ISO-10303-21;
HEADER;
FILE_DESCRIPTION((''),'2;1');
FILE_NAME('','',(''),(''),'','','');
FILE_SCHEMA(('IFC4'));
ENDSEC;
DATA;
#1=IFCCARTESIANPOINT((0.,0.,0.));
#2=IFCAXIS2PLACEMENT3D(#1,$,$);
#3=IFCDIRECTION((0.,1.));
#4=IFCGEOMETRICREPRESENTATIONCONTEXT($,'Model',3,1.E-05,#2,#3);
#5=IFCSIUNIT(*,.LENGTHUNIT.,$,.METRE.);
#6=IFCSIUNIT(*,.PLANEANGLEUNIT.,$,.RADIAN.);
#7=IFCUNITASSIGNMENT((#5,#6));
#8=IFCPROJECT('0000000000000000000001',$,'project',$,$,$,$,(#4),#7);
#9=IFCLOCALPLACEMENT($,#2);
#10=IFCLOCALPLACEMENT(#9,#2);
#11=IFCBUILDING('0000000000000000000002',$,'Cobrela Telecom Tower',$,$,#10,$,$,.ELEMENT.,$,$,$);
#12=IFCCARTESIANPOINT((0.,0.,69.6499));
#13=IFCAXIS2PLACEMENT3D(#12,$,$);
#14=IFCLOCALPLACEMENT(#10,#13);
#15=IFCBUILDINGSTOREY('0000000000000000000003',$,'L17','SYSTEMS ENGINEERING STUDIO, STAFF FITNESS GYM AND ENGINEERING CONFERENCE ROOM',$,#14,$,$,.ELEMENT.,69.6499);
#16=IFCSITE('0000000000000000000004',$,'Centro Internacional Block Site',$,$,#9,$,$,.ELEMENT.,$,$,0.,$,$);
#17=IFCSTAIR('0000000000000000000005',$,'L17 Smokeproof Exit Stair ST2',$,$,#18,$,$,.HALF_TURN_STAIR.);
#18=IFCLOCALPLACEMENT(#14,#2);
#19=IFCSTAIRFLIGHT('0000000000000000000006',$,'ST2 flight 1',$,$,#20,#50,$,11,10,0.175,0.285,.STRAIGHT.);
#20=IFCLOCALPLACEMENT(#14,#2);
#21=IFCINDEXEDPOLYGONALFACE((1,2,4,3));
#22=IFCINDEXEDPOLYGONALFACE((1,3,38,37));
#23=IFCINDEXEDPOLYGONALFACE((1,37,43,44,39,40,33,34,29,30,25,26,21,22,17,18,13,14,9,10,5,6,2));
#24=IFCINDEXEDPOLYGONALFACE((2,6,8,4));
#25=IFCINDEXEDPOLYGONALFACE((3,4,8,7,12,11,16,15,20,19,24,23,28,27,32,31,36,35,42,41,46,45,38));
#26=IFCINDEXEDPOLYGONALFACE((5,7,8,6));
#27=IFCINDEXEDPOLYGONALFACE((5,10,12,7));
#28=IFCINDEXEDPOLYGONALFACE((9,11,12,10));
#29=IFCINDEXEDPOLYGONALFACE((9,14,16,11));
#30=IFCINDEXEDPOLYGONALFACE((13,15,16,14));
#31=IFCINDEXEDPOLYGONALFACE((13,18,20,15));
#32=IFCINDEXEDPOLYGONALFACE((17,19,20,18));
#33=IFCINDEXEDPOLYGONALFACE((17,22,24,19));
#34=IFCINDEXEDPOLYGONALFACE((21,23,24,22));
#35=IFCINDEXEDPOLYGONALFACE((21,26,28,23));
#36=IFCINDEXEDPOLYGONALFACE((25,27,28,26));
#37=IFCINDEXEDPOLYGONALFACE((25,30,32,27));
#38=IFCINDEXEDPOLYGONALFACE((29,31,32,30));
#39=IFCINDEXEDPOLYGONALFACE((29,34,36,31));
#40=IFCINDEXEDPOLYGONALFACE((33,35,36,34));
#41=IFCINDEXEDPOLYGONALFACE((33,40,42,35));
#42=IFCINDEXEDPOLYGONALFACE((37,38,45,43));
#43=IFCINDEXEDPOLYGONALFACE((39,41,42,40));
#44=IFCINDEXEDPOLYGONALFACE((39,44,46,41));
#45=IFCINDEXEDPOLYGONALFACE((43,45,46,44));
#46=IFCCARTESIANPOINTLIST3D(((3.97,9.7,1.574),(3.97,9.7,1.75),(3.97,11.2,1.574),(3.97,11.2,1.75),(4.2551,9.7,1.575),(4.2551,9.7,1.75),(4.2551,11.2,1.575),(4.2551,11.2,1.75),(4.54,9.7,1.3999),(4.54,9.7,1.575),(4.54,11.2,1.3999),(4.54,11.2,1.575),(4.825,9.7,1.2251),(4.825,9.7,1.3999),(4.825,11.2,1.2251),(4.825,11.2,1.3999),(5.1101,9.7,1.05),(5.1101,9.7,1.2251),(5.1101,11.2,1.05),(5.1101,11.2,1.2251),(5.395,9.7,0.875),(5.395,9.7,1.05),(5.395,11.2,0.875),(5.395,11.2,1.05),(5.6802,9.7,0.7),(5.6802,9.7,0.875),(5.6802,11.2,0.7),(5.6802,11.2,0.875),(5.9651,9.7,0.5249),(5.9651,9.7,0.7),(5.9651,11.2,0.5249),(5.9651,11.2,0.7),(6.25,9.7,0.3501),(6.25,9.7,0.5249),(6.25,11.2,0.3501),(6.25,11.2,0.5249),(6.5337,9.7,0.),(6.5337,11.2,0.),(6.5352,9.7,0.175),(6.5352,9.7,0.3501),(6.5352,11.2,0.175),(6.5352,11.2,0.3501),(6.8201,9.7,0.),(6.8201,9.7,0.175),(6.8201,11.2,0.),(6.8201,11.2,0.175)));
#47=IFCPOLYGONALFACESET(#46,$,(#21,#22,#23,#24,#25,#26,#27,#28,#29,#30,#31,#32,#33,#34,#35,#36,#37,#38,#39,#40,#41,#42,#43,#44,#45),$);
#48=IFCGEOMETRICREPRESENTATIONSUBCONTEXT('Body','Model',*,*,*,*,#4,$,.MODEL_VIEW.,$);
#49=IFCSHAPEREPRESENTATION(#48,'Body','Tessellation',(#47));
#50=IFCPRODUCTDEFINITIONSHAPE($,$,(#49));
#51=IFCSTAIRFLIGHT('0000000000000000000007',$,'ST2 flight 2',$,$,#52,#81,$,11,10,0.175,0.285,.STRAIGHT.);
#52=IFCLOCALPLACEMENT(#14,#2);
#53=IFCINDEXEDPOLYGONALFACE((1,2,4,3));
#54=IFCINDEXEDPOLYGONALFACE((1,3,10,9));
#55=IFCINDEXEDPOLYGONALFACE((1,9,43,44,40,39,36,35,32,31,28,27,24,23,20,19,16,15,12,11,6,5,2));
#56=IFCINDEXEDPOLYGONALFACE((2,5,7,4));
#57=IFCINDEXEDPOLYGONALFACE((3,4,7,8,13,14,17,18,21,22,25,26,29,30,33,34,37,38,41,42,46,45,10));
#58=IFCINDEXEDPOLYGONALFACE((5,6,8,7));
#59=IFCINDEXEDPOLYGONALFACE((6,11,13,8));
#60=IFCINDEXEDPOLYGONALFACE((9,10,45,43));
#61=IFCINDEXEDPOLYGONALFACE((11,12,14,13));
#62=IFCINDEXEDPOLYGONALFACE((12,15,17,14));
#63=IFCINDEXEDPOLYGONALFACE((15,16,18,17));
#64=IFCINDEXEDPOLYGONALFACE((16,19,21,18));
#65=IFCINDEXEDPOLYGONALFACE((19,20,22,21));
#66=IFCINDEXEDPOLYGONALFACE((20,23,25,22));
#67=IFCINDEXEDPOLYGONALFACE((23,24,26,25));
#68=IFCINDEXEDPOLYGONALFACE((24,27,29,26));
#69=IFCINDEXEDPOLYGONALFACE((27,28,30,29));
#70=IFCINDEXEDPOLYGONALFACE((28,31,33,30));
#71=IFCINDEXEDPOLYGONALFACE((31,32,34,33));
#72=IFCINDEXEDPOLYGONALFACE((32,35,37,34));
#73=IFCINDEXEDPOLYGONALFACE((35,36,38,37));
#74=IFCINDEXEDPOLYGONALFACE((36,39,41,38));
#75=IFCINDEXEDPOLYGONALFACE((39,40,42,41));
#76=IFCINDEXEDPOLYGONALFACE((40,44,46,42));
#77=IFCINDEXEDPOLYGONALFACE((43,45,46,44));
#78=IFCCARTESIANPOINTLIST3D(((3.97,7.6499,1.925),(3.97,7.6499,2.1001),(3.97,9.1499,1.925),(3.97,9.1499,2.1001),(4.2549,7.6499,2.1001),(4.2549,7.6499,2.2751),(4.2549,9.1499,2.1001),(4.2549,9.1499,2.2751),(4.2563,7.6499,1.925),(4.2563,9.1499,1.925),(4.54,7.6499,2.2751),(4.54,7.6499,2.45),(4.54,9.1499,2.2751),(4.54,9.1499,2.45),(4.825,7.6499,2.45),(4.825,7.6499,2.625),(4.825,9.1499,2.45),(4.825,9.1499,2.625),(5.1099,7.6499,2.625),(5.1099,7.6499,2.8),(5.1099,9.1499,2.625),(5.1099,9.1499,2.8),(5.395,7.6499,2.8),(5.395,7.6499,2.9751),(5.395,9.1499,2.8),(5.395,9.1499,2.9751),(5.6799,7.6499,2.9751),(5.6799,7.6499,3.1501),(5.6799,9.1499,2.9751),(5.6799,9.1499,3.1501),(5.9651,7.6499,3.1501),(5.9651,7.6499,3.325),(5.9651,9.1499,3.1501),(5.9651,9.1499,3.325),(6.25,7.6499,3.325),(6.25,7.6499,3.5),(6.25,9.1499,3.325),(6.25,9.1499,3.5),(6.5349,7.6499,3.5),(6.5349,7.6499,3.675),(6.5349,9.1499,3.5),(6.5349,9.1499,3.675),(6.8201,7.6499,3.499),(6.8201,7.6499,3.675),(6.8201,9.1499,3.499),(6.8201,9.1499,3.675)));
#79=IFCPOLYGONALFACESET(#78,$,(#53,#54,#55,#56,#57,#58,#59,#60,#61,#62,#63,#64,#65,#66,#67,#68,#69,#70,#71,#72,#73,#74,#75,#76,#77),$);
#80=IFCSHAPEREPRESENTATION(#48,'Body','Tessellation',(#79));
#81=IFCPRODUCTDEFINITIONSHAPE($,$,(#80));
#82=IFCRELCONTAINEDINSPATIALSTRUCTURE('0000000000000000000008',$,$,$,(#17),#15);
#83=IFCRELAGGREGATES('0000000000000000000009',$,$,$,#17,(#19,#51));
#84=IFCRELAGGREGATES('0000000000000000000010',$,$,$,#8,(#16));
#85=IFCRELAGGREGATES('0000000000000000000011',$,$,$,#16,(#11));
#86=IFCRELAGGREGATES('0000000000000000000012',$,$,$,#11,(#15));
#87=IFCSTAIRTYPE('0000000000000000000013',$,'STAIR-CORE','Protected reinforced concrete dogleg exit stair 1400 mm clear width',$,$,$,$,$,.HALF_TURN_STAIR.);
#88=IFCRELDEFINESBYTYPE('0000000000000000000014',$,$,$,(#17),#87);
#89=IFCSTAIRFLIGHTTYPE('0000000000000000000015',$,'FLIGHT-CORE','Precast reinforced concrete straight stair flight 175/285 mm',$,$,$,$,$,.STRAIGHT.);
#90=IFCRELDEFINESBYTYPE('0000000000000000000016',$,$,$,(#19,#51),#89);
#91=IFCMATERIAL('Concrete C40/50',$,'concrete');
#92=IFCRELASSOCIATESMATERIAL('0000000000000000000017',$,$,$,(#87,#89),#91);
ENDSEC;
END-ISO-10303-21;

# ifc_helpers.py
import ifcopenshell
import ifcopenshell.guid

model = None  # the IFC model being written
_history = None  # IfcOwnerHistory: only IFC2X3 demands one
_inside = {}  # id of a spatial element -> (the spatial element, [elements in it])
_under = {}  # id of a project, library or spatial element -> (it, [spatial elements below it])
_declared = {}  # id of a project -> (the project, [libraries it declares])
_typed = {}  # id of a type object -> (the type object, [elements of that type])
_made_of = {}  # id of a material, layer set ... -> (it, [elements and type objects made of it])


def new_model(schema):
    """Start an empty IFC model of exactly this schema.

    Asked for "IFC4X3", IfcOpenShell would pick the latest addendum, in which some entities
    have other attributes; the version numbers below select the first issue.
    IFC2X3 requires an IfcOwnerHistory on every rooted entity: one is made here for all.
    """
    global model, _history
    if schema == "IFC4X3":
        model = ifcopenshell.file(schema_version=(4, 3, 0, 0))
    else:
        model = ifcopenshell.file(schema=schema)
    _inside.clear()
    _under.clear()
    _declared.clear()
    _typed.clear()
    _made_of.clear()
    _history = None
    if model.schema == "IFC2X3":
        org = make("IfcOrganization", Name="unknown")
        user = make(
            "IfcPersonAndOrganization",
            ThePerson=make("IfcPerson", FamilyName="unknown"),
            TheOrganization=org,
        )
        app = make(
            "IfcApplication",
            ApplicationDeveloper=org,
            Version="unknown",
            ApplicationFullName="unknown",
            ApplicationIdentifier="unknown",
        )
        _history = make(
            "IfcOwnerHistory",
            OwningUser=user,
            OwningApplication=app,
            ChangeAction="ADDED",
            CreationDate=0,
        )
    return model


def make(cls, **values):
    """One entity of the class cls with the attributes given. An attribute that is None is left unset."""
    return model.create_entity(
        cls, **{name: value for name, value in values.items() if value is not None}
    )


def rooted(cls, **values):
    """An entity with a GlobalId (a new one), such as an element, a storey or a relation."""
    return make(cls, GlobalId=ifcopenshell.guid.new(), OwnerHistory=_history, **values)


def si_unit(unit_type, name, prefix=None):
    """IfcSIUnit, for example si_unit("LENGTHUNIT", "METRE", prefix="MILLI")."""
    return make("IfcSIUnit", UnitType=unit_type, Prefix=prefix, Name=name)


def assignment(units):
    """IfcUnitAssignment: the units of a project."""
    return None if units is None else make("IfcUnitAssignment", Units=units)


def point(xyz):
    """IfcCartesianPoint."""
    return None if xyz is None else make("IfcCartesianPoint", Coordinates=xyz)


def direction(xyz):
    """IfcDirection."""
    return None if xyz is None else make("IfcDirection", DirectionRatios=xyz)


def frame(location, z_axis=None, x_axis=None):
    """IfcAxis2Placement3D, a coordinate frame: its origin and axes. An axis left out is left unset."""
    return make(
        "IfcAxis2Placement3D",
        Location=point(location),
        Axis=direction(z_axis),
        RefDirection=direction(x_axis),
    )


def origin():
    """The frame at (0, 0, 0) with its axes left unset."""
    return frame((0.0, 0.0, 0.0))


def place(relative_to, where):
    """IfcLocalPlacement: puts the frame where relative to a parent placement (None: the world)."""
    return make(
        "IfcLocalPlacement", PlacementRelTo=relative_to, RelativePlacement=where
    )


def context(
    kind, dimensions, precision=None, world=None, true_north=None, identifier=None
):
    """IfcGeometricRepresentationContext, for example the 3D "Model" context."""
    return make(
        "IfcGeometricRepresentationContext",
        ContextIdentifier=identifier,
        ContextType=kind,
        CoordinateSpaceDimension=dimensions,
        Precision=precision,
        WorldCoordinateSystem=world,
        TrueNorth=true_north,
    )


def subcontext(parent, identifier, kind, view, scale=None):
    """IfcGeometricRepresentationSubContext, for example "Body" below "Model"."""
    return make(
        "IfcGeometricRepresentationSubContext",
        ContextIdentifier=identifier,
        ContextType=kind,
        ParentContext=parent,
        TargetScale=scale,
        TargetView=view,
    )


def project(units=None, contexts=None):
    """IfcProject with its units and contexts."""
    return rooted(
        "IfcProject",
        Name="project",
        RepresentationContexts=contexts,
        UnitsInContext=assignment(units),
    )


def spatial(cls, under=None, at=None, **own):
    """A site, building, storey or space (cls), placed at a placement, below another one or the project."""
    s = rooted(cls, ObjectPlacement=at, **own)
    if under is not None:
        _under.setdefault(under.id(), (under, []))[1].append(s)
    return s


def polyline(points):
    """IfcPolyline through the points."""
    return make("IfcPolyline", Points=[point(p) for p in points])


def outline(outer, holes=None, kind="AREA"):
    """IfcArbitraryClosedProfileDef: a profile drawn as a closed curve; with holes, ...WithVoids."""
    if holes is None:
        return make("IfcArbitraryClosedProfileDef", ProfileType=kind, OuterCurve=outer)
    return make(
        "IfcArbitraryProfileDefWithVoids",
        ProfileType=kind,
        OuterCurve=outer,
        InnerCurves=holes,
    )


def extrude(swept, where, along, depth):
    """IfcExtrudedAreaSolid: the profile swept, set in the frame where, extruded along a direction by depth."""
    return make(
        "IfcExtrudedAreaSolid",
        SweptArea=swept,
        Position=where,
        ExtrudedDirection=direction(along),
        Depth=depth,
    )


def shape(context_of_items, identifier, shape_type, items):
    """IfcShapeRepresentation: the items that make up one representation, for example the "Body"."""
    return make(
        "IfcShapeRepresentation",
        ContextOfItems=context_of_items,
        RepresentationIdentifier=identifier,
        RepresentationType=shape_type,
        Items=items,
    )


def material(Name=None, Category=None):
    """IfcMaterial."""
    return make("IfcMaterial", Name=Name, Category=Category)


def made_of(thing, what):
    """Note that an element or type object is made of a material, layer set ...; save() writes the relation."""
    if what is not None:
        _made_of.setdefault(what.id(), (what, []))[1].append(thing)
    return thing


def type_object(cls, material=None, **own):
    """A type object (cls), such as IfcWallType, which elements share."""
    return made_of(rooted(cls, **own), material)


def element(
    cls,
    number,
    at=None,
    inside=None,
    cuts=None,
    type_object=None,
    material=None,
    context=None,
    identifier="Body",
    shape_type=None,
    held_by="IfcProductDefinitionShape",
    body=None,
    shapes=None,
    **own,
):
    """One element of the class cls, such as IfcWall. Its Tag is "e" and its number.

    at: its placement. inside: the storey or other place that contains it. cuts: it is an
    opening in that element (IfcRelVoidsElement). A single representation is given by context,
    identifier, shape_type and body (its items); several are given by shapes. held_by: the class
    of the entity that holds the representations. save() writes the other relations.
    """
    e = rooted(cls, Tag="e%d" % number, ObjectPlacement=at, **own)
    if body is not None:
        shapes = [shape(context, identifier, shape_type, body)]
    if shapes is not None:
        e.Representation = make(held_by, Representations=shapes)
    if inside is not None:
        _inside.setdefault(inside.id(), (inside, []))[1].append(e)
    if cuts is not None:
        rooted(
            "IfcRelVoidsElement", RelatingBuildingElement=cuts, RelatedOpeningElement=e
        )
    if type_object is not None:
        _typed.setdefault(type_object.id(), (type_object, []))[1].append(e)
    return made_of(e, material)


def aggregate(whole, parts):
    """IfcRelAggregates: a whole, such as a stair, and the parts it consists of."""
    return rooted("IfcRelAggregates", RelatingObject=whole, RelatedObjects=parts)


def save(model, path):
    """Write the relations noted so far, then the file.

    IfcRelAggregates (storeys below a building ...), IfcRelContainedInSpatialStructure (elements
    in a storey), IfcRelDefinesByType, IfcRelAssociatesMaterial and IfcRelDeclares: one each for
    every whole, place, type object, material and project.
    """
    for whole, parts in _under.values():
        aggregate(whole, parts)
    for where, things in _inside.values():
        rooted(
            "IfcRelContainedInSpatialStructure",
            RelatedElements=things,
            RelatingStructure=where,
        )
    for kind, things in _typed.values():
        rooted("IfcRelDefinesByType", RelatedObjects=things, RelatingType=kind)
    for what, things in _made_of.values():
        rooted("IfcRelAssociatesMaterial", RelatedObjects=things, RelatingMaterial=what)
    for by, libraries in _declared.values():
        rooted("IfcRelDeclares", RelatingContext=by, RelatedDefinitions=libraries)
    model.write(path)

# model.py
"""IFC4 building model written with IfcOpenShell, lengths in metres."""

from ifc_helpers import new_model, si_unit, direction, frame, origin, place, context, subcontext, project, spatial, polyline, outline, extrude, material, type_object, element, aggregate, save


model = new_model("IFC4")

# Units and contexts
model_context = context("Model", 3, precision=1e-05, world=origin(), true_north=direction((0.0, 1.0)))
body_context = subcontext(model_context, "Body", "Model", "MODEL_VIEW")
ifc_project = project(units=[si_unit("LENGTHUNIT", "METRE"), si_unit("PLANEANGLEUNIT", "RADIAN")], contexts=[model_context])

# Site, building, storey
site_placement = place(None, origin())
site = spatial("IfcSite", under=ifc_project, at=site_placement, Name="Centro Internacional Block Site", CompositionType="ELEMENT", RefElevation=0.0)
building_placement = place(site_placement, origin())
building = spatial("IfcBuilding", under=site, at=building_placement, Name="Cobrela Telecom Tower", CompositionType="ELEMENT")
storey_placement = place(building_placement, frame((0.0, 0.0, 69.6499)))
storey = spatial("IfcBuildingStorey", under=building, at=storey_placement, Name="L17", Description="SYSTEMS ENGINEERING STUDIO, STAFF FITNESS GYM AND ENGINEERING CONFERENCE ROOM", CompositionType="ELEMENT", Elevation=69.6499)

# Shared definitions
ifc_material_1 = material(Name="Concrete C40/50", Category="concrete")

# Stair, stair flights
stair_type = type_object("IfcStairType", Name="STAIR-CORE", Description="Protected reinforced concrete dogleg exit stair 1400 mm clear width", PredefinedType="HALF_TURN_STAIR", material=ifc_material_1)
stair_placement = place(storey_placement, origin())
stair = element("IfcStair", 1, at=stair_placement, inside=storey, type_object=stair_type, Name="L17 Smokeproof Exit Stair ST2", PredefinedType="HALF_TURN_STAIR")
stair_flight_type = type_object("IfcStairFlightType", Name="FLIGHT-CORE", Description="Precast reinforced concrete straight stair flight 175/285 mm", PredefinedType="STRAIGHT", material=ifc_material_1)
stair_flight_1_placement = place(storey_placement, frame((6.8201, 10.45, 0.0), z_axis=(0.0, 0.0, 1.0), x_axis=(-1.0, 0.0, 0.0)))
stair_flight_1 = element("IfcStairFlight", 2, at=stair_flight_1_placement, type_object=stair_flight_type, Name="ST2 flight 1", NumberOfRisers=11, NumberOfTreads=10, PredefinedType="STRAIGHT", RiserHeight=0.175, TreadLength=0.285, context=body_context, shape_type="SweptSolid", body=[
    extrude(outline(polyline([(0.0, 0.0), (0.0, 0.175), (0.2849, 0.175), (0.2849, 0.3501), (0.5701, 0.3501), (0.5701, 0.5249), (0.855, 0.5249), (0.855, 0.7), (1.1399, 0.7), (1.1399, 0.875), (1.425, 0.875), (1.425, 1.05), (1.71, 1.05), (1.71, 1.2251), (1.9951, 1.2251), (1.9951, 1.3999), (2.28, 1.3999), (2.28, 1.575), (2.5649, 1.575), (2.5649, 1.75), (2.8501, 1.75), (2.8501, 1.925), (2.8501, 1.574), (0.2864, 0.0), (0.0, 0.0)])), frame((0.0, 0.75, 0.0), z_axis=(0.0, -1.0, 0.0), x_axis=(1.0, 0.0, 0.0)), (0.0, 0.0, 1.0), 1.5),
])
stair_flight_2_placement = place(storey_placement, frame((3.97, 8.3999, 1.925), z_axis=(0.0, 0.0, 1.0), x_axis=(1.0, 0.0, 0.0)))
stair_flight_2 = element("IfcStairFlight", 3, at=stair_flight_2_placement, type_object=stair_flight_type, Name="ST2 flight 2", NumberOfRisers=11, NumberOfTreads=10, PredefinedType="STRAIGHT", RiserHeight=0.175, TreadLength=0.285, context=body_context, shape_type="SweptSolid", body=[
    extrude(outline(polyline([(0.0, 0.0), (0.0, 0.175), (0.2849, 0.175), (0.2849, 0.3501), (0.5701, 0.3501), (0.5701, 0.5249), (0.855, 0.5249), (0.855, 0.7), (1.1399, 0.7), (1.1399, 0.875), (1.425, 0.875), (1.425, 1.05), (1.71, 1.05), (1.71, 1.2251), (1.9951, 1.2251), (1.9951, 1.3999), (2.28, 1.3999), (2.28, 1.575), (2.5649, 1.575), (2.5649, 1.75), (2.8501, 1.75), (2.8501, 1.925), (2.8501, 1.574), (0.2864, 0.0), (0.0, 0.0)])), frame((0.0, 0.75, 0.0), z_axis=(0.0, -1.0, 0.0), x_axis=(1.0, 0.0, 0.0)), (0.0, 0.0, 1.0), 1.5),
])
aggregate(stair, [stair_flight_1, stair_flight_2])

save(model, "model.ifc")
